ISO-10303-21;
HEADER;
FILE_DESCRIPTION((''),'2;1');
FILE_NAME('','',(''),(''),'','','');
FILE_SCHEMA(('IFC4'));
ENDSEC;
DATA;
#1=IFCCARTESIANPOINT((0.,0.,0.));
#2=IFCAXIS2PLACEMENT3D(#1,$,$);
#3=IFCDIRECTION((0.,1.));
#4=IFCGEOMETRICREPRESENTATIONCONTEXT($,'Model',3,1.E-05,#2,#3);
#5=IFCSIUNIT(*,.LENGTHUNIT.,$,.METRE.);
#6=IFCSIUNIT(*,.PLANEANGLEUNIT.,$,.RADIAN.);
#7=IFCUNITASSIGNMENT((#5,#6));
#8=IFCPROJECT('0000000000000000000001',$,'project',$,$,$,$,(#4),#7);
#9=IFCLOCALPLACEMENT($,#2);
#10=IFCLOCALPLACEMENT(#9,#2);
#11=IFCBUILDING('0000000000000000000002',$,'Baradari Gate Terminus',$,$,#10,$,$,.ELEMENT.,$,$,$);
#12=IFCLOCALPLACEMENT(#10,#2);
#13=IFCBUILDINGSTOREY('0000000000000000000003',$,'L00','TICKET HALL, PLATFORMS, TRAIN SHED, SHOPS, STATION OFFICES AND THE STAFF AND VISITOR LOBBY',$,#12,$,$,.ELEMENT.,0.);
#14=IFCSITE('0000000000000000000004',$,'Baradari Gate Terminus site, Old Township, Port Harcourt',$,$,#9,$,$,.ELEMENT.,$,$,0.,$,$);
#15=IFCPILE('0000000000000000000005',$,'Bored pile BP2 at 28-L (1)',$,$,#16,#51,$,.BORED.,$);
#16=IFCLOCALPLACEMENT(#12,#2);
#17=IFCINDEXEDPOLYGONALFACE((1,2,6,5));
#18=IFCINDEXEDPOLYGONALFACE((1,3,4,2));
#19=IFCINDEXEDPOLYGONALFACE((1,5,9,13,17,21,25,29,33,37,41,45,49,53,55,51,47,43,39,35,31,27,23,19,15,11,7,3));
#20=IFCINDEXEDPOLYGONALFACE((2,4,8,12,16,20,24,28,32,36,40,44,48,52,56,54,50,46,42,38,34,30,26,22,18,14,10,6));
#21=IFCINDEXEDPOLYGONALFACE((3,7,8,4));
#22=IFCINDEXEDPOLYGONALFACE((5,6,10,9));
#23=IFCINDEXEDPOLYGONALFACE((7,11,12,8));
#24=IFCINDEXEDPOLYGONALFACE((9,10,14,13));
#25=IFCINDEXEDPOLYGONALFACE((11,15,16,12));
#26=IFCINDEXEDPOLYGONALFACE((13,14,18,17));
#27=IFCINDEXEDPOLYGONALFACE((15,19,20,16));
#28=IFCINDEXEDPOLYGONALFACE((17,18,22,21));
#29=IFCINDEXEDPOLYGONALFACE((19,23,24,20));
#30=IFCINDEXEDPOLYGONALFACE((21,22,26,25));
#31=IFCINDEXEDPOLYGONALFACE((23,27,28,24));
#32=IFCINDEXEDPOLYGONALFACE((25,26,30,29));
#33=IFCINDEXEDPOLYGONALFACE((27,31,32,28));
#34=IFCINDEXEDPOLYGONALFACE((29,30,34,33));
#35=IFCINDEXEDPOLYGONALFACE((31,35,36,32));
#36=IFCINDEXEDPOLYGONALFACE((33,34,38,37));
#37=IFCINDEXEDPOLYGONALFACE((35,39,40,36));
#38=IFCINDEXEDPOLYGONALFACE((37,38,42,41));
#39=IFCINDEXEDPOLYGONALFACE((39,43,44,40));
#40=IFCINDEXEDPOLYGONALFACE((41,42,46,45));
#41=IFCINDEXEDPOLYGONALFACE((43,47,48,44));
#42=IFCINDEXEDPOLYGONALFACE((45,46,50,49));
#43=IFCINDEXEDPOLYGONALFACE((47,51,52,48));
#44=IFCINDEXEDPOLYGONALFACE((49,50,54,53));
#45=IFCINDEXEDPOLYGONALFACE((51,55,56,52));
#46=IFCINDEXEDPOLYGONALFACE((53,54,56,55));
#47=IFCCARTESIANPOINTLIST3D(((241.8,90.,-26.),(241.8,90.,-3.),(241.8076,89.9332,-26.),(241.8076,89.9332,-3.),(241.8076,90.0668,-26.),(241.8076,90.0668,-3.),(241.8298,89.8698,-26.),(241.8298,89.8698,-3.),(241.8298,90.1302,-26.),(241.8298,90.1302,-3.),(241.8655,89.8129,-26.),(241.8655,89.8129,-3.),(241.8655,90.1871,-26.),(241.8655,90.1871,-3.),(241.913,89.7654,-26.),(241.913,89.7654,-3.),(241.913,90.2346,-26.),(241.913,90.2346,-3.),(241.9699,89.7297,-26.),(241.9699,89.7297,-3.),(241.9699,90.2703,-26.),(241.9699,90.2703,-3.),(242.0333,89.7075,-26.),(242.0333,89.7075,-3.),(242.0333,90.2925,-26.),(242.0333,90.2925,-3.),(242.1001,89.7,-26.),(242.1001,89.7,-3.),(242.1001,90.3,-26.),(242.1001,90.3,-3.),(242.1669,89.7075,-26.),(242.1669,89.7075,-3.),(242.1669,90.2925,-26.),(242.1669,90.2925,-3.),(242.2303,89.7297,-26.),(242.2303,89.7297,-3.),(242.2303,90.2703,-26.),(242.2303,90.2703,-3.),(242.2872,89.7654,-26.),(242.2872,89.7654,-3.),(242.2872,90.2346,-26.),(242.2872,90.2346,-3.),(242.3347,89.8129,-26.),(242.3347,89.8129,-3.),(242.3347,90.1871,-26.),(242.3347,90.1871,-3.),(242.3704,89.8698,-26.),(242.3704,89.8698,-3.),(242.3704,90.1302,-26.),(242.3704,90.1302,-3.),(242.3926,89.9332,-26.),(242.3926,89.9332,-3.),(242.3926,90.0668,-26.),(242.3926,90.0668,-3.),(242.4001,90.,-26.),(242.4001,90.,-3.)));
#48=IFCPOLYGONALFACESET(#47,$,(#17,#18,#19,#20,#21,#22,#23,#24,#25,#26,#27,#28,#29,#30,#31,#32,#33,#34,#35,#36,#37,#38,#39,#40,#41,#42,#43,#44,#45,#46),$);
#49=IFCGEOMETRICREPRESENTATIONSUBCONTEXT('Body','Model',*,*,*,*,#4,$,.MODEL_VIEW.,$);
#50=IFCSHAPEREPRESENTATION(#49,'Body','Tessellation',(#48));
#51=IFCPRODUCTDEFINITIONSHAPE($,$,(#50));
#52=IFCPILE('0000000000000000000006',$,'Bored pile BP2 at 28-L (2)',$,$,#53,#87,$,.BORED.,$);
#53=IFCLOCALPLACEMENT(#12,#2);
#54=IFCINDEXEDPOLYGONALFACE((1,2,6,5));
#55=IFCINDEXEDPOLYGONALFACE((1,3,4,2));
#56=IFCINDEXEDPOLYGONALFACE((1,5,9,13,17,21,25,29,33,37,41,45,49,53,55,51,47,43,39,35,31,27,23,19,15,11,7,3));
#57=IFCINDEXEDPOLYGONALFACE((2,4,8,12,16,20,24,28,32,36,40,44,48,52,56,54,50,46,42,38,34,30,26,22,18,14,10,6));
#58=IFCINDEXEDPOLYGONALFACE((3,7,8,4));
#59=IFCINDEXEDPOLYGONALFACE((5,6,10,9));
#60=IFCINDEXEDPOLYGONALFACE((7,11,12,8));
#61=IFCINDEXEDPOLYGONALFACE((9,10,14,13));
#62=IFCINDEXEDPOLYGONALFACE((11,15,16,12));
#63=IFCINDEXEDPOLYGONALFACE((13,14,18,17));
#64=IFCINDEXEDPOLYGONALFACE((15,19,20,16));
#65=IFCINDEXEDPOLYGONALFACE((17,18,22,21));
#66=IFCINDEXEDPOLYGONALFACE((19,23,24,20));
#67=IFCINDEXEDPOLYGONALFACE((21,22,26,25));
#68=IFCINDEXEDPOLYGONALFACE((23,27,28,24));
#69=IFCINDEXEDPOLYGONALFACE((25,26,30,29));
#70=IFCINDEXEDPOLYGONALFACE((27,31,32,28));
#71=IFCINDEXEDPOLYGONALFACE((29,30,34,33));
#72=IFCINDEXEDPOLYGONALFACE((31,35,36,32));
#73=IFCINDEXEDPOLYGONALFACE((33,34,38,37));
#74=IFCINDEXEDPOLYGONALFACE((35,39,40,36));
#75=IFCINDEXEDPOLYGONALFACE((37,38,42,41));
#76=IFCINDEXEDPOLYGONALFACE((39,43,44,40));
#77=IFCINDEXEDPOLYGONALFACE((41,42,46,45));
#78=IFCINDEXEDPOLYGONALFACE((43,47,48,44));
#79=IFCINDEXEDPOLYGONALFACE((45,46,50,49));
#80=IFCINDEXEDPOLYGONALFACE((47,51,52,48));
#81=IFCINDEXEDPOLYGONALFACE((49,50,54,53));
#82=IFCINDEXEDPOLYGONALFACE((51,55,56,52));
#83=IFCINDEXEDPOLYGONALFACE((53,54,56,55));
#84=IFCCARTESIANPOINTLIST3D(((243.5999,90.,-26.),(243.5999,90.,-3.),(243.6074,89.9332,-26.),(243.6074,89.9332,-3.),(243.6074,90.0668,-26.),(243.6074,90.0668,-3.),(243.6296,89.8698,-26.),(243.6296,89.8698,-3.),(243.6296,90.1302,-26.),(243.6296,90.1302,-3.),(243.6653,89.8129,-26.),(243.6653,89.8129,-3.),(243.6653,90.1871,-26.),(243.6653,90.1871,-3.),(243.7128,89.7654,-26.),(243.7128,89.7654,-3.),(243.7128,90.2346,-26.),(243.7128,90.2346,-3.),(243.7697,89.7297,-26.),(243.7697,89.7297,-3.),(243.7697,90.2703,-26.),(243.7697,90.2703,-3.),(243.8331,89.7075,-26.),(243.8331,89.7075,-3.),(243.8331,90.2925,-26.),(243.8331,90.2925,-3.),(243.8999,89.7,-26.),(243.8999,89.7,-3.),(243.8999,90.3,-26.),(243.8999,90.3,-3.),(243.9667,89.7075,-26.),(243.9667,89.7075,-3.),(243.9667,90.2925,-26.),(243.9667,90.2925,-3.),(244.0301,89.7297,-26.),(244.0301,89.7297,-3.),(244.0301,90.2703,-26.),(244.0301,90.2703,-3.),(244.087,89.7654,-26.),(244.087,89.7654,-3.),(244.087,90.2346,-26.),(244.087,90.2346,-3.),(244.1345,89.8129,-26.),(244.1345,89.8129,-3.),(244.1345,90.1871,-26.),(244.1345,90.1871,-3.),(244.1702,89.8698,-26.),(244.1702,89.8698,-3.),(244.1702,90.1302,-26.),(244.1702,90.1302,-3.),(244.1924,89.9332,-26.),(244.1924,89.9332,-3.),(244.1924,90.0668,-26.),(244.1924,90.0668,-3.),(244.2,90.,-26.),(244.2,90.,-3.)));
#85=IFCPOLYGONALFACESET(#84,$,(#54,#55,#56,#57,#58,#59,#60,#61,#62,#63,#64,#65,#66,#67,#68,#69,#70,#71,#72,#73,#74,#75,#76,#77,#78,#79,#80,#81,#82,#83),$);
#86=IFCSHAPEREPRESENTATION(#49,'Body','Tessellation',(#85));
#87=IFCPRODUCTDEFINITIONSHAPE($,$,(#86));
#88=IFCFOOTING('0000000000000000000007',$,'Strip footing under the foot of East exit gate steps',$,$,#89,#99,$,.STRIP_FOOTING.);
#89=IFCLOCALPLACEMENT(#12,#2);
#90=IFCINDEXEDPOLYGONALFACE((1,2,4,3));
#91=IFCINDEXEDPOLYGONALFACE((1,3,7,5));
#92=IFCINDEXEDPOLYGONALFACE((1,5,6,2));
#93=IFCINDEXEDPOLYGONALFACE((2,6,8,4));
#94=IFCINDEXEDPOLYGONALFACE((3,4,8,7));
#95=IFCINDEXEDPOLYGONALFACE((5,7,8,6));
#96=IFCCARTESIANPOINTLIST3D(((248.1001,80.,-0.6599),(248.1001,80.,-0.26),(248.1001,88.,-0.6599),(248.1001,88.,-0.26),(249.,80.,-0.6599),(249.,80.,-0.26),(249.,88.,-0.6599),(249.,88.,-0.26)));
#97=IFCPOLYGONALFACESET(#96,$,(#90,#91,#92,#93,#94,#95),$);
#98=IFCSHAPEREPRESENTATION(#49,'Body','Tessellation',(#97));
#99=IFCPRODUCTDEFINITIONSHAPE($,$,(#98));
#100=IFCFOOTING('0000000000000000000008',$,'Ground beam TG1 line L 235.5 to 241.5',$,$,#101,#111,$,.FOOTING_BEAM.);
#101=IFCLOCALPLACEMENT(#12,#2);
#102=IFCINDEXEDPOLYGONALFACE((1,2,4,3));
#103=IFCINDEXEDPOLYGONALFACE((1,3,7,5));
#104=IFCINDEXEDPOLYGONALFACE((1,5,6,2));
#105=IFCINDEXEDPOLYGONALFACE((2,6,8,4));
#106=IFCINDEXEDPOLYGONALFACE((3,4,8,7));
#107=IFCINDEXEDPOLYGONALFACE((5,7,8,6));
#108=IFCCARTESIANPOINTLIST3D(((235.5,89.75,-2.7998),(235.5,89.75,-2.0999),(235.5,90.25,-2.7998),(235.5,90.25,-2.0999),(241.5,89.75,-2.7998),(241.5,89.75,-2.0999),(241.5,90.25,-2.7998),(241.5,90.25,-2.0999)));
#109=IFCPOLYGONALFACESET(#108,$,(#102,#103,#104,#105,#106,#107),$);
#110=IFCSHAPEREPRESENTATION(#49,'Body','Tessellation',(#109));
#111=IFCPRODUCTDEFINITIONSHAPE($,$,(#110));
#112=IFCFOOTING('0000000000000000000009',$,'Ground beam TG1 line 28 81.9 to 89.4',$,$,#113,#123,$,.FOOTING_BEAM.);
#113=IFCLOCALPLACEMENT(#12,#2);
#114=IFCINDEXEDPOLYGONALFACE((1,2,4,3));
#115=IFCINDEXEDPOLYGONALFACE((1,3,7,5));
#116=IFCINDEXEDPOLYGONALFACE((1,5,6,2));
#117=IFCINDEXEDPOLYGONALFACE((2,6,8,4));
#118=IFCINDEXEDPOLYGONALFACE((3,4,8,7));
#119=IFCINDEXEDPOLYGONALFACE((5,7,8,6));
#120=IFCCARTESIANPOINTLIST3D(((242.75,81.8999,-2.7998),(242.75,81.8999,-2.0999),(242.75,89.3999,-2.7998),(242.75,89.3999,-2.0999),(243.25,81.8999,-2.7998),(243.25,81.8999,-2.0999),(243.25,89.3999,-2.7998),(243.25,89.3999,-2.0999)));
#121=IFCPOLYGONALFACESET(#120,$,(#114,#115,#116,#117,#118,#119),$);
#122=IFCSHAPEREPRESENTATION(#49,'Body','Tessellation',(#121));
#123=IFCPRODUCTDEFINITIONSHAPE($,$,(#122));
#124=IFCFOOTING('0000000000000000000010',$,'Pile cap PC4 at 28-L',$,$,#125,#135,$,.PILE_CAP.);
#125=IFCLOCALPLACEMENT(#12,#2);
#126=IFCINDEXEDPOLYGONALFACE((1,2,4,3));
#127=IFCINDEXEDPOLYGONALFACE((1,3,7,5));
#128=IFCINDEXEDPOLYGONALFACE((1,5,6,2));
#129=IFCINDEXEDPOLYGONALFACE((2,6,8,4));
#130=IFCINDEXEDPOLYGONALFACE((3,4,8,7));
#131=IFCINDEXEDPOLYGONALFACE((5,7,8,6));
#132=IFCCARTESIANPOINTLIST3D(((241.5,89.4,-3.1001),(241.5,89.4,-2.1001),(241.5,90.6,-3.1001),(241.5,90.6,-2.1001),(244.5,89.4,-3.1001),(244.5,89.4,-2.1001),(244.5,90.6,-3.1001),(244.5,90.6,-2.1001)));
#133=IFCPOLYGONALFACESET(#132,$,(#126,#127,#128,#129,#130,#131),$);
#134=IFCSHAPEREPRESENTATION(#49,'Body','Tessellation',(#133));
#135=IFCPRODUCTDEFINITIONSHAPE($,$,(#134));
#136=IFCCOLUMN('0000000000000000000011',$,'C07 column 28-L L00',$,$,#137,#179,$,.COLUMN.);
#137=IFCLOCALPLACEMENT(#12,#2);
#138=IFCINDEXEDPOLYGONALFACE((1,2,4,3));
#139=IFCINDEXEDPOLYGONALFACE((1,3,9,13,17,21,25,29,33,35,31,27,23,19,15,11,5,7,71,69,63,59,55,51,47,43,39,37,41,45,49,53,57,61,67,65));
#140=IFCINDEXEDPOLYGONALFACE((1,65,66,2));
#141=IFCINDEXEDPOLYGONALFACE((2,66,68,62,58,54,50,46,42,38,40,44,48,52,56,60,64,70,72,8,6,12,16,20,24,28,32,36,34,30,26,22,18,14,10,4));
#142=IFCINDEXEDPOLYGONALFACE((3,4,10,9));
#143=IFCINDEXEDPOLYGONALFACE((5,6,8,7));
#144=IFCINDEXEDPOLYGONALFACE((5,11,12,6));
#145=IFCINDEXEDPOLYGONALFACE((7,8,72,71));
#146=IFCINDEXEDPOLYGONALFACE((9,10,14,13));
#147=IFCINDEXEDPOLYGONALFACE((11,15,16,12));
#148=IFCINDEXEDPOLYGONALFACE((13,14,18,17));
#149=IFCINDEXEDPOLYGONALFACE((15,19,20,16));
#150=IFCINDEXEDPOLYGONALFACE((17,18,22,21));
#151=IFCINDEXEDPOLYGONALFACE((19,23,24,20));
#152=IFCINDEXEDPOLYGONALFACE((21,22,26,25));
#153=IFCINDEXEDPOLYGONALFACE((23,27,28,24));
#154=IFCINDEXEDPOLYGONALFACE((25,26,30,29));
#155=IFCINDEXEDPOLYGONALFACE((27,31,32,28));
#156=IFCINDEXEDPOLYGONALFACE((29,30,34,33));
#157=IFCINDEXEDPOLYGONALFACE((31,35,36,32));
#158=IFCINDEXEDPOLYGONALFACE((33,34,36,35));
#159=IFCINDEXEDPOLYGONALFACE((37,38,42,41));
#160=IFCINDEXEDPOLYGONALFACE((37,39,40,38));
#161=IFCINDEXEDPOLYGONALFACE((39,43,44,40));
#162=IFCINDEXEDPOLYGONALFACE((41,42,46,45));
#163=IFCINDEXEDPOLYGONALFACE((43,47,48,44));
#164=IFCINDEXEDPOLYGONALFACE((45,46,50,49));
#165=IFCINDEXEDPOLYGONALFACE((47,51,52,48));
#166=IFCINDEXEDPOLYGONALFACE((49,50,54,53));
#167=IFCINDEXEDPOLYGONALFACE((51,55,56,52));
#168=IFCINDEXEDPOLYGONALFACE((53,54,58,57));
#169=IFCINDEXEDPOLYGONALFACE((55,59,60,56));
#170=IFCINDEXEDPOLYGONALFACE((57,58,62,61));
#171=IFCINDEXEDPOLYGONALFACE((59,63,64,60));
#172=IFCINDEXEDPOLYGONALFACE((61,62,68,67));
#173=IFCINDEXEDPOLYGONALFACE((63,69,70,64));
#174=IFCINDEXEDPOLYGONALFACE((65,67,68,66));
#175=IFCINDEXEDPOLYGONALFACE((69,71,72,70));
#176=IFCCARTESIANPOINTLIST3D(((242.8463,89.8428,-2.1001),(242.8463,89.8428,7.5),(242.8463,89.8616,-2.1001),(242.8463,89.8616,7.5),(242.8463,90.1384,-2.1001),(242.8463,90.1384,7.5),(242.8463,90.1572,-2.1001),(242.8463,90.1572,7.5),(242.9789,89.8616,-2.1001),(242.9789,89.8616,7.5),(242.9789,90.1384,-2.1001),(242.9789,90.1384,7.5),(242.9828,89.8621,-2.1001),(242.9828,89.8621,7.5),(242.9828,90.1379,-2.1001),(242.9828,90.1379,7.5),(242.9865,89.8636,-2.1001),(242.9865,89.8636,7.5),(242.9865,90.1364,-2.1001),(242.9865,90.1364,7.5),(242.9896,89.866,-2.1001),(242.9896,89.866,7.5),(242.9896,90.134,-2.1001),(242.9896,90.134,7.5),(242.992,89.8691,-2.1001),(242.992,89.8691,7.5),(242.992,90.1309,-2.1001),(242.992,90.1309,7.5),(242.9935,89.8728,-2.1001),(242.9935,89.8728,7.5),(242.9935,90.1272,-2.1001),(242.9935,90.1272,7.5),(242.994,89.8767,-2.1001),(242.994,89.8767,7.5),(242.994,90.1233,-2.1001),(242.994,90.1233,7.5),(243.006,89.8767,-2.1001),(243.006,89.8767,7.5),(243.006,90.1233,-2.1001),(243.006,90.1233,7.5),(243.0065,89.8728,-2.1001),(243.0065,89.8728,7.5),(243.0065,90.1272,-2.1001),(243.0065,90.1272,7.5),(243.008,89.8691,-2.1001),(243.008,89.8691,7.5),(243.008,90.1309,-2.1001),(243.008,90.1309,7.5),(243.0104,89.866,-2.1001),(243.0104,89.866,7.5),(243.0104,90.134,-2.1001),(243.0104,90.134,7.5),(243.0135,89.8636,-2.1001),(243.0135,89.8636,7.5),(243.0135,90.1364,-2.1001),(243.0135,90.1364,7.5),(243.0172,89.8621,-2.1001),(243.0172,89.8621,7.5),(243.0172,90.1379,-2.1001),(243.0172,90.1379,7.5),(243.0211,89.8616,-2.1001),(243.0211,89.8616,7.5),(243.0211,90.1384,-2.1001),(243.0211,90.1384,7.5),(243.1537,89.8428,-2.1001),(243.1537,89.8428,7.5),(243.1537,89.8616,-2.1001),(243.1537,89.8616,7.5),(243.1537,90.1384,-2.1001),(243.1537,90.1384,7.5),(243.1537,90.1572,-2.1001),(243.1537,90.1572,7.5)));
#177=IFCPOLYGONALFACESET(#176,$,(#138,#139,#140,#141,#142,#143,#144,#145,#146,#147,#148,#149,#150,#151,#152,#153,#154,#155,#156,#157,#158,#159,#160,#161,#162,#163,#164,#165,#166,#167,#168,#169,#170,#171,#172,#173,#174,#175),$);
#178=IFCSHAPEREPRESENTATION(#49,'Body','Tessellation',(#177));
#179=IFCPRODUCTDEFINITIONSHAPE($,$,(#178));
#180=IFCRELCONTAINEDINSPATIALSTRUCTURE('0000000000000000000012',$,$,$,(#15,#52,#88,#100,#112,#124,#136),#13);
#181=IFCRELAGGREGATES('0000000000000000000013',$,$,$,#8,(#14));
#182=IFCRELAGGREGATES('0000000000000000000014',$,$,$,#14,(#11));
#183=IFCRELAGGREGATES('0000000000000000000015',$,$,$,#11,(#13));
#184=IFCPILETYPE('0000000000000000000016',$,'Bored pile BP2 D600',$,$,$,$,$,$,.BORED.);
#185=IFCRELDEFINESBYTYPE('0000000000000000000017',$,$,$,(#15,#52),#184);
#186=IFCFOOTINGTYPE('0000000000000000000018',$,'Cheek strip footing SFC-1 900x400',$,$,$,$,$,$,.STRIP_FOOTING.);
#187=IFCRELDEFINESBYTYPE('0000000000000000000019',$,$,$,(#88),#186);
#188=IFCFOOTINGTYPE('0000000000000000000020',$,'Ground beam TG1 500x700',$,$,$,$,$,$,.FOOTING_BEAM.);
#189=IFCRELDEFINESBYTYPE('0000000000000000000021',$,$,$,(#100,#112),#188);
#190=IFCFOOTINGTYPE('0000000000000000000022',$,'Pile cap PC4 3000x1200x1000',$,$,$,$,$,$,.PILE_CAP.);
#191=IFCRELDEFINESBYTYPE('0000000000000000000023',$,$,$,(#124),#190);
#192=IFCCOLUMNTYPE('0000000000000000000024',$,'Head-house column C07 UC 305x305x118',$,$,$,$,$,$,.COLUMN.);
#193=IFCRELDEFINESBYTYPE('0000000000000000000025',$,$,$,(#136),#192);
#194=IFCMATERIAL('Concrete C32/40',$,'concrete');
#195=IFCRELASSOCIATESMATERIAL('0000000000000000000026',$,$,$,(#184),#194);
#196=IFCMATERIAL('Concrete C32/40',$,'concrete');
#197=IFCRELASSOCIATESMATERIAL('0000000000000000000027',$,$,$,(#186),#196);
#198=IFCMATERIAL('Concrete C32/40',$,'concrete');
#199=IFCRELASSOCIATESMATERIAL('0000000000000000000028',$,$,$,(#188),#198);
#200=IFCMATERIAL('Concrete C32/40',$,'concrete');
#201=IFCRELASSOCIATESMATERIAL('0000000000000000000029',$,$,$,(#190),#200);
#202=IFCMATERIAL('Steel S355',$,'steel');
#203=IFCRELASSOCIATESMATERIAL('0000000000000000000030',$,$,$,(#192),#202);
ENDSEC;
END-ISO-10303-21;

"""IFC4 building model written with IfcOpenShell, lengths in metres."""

from ifc_helpers import new_model, si_unit, direction, frame, origin, origin_2d, place, context, subcontext, project, spatial, rectangle, circle, i_section, extrude, material, material_profile, profile_set, type_object, element, save


model = new_model("IFC4")

# Units and contexts
model_context = context("Model", 3, precision=1e-05, world=origin(), true_north=direction((0.0, 1.0)))
body_context = subcontext(model_context, "Body", "Model", "MODEL_VIEW")
ifc_project = project(units=[si_unit("LENGTHUNIT", "METRE"), si_unit("PLANEANGLEUNIT", "RADIAN")], contexts=[model_context])

# Site, building, storey
site_placement = place(None, origin())
site = spatial("IfcSite", under=ifc_project, at=site_placement, Name="Baradari Gate Terminus site, Old Township, Port Harcourt", CompositionType="ELEMENT", RefElevation=0.0)
building_placement = place(site_placement, origin())
building = spatial("IfcBuilding", under=site, at=building_placement, Name="Baradari Gate Terminus", CompositionType="ELEMENT")
storey_placement = place(building_placement, origin())
storey = spatial("IfcBuildingStorey", under=building, at=storey_placement, Name="L00", Description="TICKET HALL, PLATFORMS, TRAIN SHED, SHOPS, STATION OFFICES AND THE STAFF AND VISITOR LOBBY", CompositionType="ELEMENT", Elevation=0.0)

# Piles
ifc_material_1 = material(Name="Concrete C32/40", Category="concrete")
pile_type = type_object("IfcPileType", Name="Bored pile BP2 D600", PredefinedType="BORED", material=ifc_material_1)
for number, where, z_axis, x_axis, name in (
    (1, (242.1001, 90.0, -3.0), (0.0, 0.0, -1.0), (1.0, 0.0, 0.0), "Bored pile BP2 at 28-L (1)"),
    (2, (243.8999, 90.0, -3.0), (0.0, 0.0, -1.0), (1.0, 0.0, 0.0), "Bored pile BP2 at 28-L (2)"),
):
    element("IfcPile", number, at=place(storey_placement, frame(where, z_axis=z_axis, x_axis=x_axis)), inside=storey, type_object=pile_type, Name=name, PredefinedType="BORED", context=body_context, shape_type="SweptSolid", body=[
        extrude(circle(Radius=0.3, at=origin_2d()), origin(), (0.0, 0.0, 1.0), 23.0),
    ])

# Footings
ifc_material_2 = material(Name="Concrete C32/40", Category="concrete")
footing_type_1 = type_object("IfcFootingType", Name="Cheek strip footing SFC-1 900x400", PredefinedType="STRIP_FOOTING", material=ifc_material_2)
footing_1_placement = place(storey_placement, frame((248.55, 84.0, -0.6599), z_axis=(0.0, 0.0, 1.0), x_axis=(1.0, 0.0, 0.0)))
element("IfcFooting", 3, at=footing_1_placement, inside=storey, type_object=footing_type_1, Name="Strip footing under the foot of East exit gate steps", PredefinedType="STRIP_FOOTING", context=body_context, shape_type="SweptSolid", body=[
    extrude(rectangle(XDim=0.8999, YDim=8.0, at=origin_2d()), origin(), (0.0, 0.0, 1.0), 0.3999),
])
ifc_material_3 = material(Name="Concrete C32/40", Category="concrete")
footing_type_2 = type_object("IfcFootingType", Name="Ground beam TG1 500x700", PredefinedType="FOOTING_BEAM", material=ifc_material_3)
footing_2_placement = place(storey_placement, frame((238.5, 90.0, -2.7998), z_axis=(0.0, 0.0, 1.0), x_axis=(1.0, 0.0, 0.0)))
element("IfcFooting", 4, at=footing_2_placement, inside=storey, type_object=footing_type_2, Name="Ground beam TG1 line L 235.5 to 241.5", PredefinedType="FOOTING_BEAM", context=body_context, shape_type="SweptSolid", body=[
    extrude(rectangle(XDim=6.0, YDim=0.5, at=origin_2d()), origin(), (0.0, 0.0, 1.0), 0.7),
])
footing_3_placement = place(storey_placement, frame((243.0, 85.6499, -2.7998), z_axis=(0.0, 0.0, 1.0), x_axis=(1.0, 0.0, 0.0)))
element("IfcFooting", 5, at=footing_3_placement, inside=storey, type_object=footing_type_2, Name="Ground beam TG1 line 28 81.9 to 89.4", PredefinedType="FOOTING_BEAM", context=body_context, shape_type="SweptSolid", body=[
    extrude(rectangle(XDim=0.5, YDim=7.5, at=origin_2d()), origin(), (0.0, 0.0, 1.0), 0.7),
])
ifc_material_4 = material(Name="Concrete C32/40", Category="concrete")
footing_type_3 = type_object("IfcFootingType", Name="Pile cap PC4 3000x1200x1000", PredefinedType="PILE_CAP", material=ifc_material_4)
footing_4_placement = place(storey_placement, frame((243.0, 90.0, -3.1001), z_axis=(0.0, 0.0, 1.0), x_axis=(1.0, 0.0, 0.0)))
element("IfcFooting", 6, at=footing_4_placement, inside=storey, type_object=footing_type_3, Name="Pile cap PC4 at 28-L", PredefinedType="PILE_CAP", context=body_context, shape_type="SweptSolid", body=[
    extrude(rectangle(XDim=3.0, YDim=1.2, at=origin_2d()), origin(), (0.0, 0.0, 1.0), 1.0),
])

# Column
ifc_material_5 = material(Name="Steel S355", Category="steel")
ifc_material_profile_1 = material_profile(ifc_material_5, i_section(OverallWidth=0.3074, OverallDepth=0.3145, WebThickness=0.012, FlangeThickness=0.0188, FilletRadius=0.0151, at=origin_2d()), Name="UC 305x305x118")
ifc_profile_set_1 = profile_set([ifc_material_profile_1], Name="Steel S355")
column_type = type_object("IfcColumnType", Name="Head-house column C07 UC 305x305x118", PredefinedType="COLUMN", material=ifc_profile_set_1)
column_placement = place(storey_placement, frame((243.0, 90.0, -2.1001), z_axis=(0.0, 0.0, 1.0), x_axis=(1.0, 0.0, 0.0)))
element("IfcColumn", 7, at=column_placement, inside=storey, type_object=column_type, Name="C07 column 28-L L00", PredefinedType="COLUMN", context=body_context, shape_type="SweptSolid", body=[
    extrude(i_section(OverallWidth=0.3074, OverallDepth=0.3145, WebThickness=0.012, FlangeThickness=0.0188, FilletRadius=0.0151, at=origin_2d()), origin(), (0.0, 0.0, 1.0), 9.6001),
])

save(model, "model.ifc")
